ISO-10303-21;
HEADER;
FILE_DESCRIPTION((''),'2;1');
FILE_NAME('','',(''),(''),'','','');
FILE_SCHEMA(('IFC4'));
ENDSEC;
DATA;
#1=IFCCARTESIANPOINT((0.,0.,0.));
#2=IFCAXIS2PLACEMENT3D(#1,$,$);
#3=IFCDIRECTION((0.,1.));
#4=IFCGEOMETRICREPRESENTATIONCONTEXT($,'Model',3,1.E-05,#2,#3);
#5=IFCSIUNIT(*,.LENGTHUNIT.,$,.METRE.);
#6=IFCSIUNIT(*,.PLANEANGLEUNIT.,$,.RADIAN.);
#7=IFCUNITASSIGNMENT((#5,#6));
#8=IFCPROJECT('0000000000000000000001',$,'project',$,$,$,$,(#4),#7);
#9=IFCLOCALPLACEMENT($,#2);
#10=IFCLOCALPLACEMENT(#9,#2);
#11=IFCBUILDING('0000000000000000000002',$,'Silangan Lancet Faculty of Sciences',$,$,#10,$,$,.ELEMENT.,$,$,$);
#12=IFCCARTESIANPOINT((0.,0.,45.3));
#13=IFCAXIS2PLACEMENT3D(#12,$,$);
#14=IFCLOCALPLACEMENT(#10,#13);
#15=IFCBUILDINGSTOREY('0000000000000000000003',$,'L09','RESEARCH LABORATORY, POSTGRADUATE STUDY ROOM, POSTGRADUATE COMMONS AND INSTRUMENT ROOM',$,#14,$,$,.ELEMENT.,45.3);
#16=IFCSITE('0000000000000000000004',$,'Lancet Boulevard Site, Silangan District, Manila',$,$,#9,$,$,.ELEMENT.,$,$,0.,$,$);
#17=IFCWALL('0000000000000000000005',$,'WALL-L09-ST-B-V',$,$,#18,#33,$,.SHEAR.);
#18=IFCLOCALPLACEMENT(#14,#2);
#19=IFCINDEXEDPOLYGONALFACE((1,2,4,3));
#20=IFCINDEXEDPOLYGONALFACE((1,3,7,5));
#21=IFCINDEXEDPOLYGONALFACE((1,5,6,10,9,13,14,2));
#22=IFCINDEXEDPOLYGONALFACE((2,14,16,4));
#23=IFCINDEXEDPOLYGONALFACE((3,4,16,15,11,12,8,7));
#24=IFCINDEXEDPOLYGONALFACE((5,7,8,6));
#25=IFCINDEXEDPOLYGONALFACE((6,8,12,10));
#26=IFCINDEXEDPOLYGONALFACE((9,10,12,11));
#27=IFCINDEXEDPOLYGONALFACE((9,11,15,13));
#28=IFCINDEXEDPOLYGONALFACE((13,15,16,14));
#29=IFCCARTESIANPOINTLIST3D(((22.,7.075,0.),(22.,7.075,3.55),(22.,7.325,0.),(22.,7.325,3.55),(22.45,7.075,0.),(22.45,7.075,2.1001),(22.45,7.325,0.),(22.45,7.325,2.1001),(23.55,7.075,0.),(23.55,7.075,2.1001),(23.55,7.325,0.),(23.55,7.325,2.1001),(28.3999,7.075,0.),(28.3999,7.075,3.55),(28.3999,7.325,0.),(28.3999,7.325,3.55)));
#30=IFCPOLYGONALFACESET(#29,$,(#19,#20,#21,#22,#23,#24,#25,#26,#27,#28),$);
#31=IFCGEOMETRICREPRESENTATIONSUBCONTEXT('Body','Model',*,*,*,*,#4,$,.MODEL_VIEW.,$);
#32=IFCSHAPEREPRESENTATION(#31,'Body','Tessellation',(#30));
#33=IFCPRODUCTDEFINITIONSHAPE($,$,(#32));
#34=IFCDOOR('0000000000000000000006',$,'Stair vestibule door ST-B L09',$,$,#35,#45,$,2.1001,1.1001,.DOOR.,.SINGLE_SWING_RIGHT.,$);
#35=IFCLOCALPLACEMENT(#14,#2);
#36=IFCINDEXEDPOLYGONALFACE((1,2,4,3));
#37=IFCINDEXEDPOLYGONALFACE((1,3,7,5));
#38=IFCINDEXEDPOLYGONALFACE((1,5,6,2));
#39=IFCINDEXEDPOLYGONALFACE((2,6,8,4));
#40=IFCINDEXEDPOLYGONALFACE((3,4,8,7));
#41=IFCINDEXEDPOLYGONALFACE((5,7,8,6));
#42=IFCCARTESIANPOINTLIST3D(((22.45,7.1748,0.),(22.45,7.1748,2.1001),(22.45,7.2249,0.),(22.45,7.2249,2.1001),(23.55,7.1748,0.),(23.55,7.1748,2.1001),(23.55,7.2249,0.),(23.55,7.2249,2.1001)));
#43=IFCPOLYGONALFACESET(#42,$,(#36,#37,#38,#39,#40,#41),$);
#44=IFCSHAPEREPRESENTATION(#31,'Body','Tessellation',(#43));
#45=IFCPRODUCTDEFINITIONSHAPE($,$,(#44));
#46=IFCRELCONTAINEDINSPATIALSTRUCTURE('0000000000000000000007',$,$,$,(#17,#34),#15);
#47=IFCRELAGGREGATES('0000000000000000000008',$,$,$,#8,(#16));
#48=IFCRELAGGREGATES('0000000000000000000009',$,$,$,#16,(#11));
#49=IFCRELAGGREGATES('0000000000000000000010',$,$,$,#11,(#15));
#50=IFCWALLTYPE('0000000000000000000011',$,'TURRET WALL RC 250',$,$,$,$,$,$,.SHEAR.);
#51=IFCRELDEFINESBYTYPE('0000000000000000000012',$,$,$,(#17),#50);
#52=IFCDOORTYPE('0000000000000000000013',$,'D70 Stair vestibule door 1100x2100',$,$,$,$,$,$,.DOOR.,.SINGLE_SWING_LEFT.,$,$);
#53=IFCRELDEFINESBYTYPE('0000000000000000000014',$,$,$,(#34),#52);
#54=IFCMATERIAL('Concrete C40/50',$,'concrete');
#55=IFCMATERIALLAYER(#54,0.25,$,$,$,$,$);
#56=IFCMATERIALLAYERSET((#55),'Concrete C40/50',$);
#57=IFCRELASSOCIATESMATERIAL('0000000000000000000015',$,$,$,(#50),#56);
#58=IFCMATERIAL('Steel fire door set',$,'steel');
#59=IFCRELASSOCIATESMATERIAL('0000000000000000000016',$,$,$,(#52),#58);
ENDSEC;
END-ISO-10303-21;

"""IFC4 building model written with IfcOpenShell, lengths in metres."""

from ifc_helpers import new_model, si_unit, direction, frame, frame_2d, origin, place, context, subcontext, project, spatial, rectangle, extrude, material, layer, layer_set, type_object, element, fill, save


model = new_model("IFC4")

# Units and contexts
model_context = context("Model", 3, precision=1e-05, world=origin(), true_north=direction((0.0, 1.0)))
body_context = subcontext(model_context, "Body", "Model", "MODEL_VIEW")
ifc_project = project(units=[si_unit("LENGTHUNIT", "METRE"), si_unit("PLANEANGLEUNIT", "RADIAN")], contexts=[model_context])

# Site, building, storey
site_placement = place(None, origin())
site = spatial("IfcSite", under=ifc_project, at=site_placement, Name="Lancet Boulevard Site, Silangan District, Manila", CompositionType="ELEMENT", RefElevation=0.0)
building_placement = place(site_placement, origin())
building = spatial("IfcBuilding", under=site, at=building_placement, Name="Silangan Lancet Faculty of Sciences", CompositionType="ELEMENT")
storey_placement = place(building_placement, frame((0.0, 0.0, 45.3)))
storey = spatial("IfcBuildingStorey", under=building, at=storey_placement, Name="L09", Description="RESEARCH LABORATORY, POSTGRADUATE STUDY ROOM, POSTGRADUATE COMMONS AND INSTRUMENT ROOM", CompositionType="ELEMENT", Elevation=45.3)

# Wall, opening, door
ifc_material_1 = material(Name="Concrete C40/50", Category="concrete")
ifc_layer_1 = layer(ifc_material_1, 0.25)
ifc_layer_set_1 = layer_set([ifc_layer_1], Name="Concrete C40/50")
wall_type_1 = type_object("IfcWallType", Name="TURRET WALL RC 250", PredefinedType="SHEAR", material=ifc_layer_set_1)
wall_1_placement = place(storey_placement, frame((22.0, 7.2, 0.0), z_axis=(0.0, 0.0, 1.0), x_axis=(1.0, 0.0, 0.0)))
wall_1 = element("IfcWall", 1, at=wall_1_placement, inside=storey, type_object=wall_type_1, Name="WALL-L09-ST-B-V", PredefinedType="SHEAR", context=body_context, shape_type="SweptSolid", body=[
    extrude(rectangle(XDim=6.3999, YDim=0.25, at=frame_2d((3.2, 0.0))), origin(), (0.0, 0.0, 1.0), 3.55),
])
opening_1_placement = place(wall_1_placement, frame((0.45, 0.0, 0.0)))
opening_1 = element("IfcOpeningElement", 2, at=opening_1_placement, cuts=wall_1, PredefinedType="OPENING", context=body_context, shape_type="SweptSolid", body=[
    extrude(rectangle(XDim=1.1001, YDim=2.1001, at=frame_2d((0.55, 1.05))), frame((0.0, 0.135, 0.0), z_axis=(0.0, -1.0, 0.0), x_axis=(1.0, 0.0, 0.0)), (0.0, 0.0, 1.0), 0.27),
])
ifc_material_2 = material(Name="Steel fire door set", Category="steel")
door_type_1 = type_object("IfcDoorType", Name="D70 Stair vestibule door 1100x2100", OperationType="SINGLE_SWING_LEFT", PredefinedType="DOOR", material=ifc_material_2)
door_1_placement = place(opening_1_placement, frame((1.1001, 0.0, 0.0), z_axis=(0.0, 0.0, 1.0), x_axis=(-1.0, 0.0, 0.0)))
door_1 = element("IfcDoor", 3, at=door_1_placement, inside=storey, type_object=door_type_1, Name="Stair vestibule door ST-B L09", OperationType="SINGLE_SWING_RIGHT", OverallHeight=2.1001, OverallWidth=1.1001, PredefinedType="DOOR", context=body_context, shape_type="SweptSolid", body=[
    extrude(rectangle(XDim=1.1001, YDim=2.1001, at=frame_2d((0.55, 1.05))), frame((0.0, 0.0251, 0.0), z_axis=(0.0, -1.0, 0.0), x_axis=(1.0, 0.0, 0.0)), (0.0, 0.0, 1.0), 0.05),
])
fill(opening_1, door_1)

save(model, "model.ifc")
